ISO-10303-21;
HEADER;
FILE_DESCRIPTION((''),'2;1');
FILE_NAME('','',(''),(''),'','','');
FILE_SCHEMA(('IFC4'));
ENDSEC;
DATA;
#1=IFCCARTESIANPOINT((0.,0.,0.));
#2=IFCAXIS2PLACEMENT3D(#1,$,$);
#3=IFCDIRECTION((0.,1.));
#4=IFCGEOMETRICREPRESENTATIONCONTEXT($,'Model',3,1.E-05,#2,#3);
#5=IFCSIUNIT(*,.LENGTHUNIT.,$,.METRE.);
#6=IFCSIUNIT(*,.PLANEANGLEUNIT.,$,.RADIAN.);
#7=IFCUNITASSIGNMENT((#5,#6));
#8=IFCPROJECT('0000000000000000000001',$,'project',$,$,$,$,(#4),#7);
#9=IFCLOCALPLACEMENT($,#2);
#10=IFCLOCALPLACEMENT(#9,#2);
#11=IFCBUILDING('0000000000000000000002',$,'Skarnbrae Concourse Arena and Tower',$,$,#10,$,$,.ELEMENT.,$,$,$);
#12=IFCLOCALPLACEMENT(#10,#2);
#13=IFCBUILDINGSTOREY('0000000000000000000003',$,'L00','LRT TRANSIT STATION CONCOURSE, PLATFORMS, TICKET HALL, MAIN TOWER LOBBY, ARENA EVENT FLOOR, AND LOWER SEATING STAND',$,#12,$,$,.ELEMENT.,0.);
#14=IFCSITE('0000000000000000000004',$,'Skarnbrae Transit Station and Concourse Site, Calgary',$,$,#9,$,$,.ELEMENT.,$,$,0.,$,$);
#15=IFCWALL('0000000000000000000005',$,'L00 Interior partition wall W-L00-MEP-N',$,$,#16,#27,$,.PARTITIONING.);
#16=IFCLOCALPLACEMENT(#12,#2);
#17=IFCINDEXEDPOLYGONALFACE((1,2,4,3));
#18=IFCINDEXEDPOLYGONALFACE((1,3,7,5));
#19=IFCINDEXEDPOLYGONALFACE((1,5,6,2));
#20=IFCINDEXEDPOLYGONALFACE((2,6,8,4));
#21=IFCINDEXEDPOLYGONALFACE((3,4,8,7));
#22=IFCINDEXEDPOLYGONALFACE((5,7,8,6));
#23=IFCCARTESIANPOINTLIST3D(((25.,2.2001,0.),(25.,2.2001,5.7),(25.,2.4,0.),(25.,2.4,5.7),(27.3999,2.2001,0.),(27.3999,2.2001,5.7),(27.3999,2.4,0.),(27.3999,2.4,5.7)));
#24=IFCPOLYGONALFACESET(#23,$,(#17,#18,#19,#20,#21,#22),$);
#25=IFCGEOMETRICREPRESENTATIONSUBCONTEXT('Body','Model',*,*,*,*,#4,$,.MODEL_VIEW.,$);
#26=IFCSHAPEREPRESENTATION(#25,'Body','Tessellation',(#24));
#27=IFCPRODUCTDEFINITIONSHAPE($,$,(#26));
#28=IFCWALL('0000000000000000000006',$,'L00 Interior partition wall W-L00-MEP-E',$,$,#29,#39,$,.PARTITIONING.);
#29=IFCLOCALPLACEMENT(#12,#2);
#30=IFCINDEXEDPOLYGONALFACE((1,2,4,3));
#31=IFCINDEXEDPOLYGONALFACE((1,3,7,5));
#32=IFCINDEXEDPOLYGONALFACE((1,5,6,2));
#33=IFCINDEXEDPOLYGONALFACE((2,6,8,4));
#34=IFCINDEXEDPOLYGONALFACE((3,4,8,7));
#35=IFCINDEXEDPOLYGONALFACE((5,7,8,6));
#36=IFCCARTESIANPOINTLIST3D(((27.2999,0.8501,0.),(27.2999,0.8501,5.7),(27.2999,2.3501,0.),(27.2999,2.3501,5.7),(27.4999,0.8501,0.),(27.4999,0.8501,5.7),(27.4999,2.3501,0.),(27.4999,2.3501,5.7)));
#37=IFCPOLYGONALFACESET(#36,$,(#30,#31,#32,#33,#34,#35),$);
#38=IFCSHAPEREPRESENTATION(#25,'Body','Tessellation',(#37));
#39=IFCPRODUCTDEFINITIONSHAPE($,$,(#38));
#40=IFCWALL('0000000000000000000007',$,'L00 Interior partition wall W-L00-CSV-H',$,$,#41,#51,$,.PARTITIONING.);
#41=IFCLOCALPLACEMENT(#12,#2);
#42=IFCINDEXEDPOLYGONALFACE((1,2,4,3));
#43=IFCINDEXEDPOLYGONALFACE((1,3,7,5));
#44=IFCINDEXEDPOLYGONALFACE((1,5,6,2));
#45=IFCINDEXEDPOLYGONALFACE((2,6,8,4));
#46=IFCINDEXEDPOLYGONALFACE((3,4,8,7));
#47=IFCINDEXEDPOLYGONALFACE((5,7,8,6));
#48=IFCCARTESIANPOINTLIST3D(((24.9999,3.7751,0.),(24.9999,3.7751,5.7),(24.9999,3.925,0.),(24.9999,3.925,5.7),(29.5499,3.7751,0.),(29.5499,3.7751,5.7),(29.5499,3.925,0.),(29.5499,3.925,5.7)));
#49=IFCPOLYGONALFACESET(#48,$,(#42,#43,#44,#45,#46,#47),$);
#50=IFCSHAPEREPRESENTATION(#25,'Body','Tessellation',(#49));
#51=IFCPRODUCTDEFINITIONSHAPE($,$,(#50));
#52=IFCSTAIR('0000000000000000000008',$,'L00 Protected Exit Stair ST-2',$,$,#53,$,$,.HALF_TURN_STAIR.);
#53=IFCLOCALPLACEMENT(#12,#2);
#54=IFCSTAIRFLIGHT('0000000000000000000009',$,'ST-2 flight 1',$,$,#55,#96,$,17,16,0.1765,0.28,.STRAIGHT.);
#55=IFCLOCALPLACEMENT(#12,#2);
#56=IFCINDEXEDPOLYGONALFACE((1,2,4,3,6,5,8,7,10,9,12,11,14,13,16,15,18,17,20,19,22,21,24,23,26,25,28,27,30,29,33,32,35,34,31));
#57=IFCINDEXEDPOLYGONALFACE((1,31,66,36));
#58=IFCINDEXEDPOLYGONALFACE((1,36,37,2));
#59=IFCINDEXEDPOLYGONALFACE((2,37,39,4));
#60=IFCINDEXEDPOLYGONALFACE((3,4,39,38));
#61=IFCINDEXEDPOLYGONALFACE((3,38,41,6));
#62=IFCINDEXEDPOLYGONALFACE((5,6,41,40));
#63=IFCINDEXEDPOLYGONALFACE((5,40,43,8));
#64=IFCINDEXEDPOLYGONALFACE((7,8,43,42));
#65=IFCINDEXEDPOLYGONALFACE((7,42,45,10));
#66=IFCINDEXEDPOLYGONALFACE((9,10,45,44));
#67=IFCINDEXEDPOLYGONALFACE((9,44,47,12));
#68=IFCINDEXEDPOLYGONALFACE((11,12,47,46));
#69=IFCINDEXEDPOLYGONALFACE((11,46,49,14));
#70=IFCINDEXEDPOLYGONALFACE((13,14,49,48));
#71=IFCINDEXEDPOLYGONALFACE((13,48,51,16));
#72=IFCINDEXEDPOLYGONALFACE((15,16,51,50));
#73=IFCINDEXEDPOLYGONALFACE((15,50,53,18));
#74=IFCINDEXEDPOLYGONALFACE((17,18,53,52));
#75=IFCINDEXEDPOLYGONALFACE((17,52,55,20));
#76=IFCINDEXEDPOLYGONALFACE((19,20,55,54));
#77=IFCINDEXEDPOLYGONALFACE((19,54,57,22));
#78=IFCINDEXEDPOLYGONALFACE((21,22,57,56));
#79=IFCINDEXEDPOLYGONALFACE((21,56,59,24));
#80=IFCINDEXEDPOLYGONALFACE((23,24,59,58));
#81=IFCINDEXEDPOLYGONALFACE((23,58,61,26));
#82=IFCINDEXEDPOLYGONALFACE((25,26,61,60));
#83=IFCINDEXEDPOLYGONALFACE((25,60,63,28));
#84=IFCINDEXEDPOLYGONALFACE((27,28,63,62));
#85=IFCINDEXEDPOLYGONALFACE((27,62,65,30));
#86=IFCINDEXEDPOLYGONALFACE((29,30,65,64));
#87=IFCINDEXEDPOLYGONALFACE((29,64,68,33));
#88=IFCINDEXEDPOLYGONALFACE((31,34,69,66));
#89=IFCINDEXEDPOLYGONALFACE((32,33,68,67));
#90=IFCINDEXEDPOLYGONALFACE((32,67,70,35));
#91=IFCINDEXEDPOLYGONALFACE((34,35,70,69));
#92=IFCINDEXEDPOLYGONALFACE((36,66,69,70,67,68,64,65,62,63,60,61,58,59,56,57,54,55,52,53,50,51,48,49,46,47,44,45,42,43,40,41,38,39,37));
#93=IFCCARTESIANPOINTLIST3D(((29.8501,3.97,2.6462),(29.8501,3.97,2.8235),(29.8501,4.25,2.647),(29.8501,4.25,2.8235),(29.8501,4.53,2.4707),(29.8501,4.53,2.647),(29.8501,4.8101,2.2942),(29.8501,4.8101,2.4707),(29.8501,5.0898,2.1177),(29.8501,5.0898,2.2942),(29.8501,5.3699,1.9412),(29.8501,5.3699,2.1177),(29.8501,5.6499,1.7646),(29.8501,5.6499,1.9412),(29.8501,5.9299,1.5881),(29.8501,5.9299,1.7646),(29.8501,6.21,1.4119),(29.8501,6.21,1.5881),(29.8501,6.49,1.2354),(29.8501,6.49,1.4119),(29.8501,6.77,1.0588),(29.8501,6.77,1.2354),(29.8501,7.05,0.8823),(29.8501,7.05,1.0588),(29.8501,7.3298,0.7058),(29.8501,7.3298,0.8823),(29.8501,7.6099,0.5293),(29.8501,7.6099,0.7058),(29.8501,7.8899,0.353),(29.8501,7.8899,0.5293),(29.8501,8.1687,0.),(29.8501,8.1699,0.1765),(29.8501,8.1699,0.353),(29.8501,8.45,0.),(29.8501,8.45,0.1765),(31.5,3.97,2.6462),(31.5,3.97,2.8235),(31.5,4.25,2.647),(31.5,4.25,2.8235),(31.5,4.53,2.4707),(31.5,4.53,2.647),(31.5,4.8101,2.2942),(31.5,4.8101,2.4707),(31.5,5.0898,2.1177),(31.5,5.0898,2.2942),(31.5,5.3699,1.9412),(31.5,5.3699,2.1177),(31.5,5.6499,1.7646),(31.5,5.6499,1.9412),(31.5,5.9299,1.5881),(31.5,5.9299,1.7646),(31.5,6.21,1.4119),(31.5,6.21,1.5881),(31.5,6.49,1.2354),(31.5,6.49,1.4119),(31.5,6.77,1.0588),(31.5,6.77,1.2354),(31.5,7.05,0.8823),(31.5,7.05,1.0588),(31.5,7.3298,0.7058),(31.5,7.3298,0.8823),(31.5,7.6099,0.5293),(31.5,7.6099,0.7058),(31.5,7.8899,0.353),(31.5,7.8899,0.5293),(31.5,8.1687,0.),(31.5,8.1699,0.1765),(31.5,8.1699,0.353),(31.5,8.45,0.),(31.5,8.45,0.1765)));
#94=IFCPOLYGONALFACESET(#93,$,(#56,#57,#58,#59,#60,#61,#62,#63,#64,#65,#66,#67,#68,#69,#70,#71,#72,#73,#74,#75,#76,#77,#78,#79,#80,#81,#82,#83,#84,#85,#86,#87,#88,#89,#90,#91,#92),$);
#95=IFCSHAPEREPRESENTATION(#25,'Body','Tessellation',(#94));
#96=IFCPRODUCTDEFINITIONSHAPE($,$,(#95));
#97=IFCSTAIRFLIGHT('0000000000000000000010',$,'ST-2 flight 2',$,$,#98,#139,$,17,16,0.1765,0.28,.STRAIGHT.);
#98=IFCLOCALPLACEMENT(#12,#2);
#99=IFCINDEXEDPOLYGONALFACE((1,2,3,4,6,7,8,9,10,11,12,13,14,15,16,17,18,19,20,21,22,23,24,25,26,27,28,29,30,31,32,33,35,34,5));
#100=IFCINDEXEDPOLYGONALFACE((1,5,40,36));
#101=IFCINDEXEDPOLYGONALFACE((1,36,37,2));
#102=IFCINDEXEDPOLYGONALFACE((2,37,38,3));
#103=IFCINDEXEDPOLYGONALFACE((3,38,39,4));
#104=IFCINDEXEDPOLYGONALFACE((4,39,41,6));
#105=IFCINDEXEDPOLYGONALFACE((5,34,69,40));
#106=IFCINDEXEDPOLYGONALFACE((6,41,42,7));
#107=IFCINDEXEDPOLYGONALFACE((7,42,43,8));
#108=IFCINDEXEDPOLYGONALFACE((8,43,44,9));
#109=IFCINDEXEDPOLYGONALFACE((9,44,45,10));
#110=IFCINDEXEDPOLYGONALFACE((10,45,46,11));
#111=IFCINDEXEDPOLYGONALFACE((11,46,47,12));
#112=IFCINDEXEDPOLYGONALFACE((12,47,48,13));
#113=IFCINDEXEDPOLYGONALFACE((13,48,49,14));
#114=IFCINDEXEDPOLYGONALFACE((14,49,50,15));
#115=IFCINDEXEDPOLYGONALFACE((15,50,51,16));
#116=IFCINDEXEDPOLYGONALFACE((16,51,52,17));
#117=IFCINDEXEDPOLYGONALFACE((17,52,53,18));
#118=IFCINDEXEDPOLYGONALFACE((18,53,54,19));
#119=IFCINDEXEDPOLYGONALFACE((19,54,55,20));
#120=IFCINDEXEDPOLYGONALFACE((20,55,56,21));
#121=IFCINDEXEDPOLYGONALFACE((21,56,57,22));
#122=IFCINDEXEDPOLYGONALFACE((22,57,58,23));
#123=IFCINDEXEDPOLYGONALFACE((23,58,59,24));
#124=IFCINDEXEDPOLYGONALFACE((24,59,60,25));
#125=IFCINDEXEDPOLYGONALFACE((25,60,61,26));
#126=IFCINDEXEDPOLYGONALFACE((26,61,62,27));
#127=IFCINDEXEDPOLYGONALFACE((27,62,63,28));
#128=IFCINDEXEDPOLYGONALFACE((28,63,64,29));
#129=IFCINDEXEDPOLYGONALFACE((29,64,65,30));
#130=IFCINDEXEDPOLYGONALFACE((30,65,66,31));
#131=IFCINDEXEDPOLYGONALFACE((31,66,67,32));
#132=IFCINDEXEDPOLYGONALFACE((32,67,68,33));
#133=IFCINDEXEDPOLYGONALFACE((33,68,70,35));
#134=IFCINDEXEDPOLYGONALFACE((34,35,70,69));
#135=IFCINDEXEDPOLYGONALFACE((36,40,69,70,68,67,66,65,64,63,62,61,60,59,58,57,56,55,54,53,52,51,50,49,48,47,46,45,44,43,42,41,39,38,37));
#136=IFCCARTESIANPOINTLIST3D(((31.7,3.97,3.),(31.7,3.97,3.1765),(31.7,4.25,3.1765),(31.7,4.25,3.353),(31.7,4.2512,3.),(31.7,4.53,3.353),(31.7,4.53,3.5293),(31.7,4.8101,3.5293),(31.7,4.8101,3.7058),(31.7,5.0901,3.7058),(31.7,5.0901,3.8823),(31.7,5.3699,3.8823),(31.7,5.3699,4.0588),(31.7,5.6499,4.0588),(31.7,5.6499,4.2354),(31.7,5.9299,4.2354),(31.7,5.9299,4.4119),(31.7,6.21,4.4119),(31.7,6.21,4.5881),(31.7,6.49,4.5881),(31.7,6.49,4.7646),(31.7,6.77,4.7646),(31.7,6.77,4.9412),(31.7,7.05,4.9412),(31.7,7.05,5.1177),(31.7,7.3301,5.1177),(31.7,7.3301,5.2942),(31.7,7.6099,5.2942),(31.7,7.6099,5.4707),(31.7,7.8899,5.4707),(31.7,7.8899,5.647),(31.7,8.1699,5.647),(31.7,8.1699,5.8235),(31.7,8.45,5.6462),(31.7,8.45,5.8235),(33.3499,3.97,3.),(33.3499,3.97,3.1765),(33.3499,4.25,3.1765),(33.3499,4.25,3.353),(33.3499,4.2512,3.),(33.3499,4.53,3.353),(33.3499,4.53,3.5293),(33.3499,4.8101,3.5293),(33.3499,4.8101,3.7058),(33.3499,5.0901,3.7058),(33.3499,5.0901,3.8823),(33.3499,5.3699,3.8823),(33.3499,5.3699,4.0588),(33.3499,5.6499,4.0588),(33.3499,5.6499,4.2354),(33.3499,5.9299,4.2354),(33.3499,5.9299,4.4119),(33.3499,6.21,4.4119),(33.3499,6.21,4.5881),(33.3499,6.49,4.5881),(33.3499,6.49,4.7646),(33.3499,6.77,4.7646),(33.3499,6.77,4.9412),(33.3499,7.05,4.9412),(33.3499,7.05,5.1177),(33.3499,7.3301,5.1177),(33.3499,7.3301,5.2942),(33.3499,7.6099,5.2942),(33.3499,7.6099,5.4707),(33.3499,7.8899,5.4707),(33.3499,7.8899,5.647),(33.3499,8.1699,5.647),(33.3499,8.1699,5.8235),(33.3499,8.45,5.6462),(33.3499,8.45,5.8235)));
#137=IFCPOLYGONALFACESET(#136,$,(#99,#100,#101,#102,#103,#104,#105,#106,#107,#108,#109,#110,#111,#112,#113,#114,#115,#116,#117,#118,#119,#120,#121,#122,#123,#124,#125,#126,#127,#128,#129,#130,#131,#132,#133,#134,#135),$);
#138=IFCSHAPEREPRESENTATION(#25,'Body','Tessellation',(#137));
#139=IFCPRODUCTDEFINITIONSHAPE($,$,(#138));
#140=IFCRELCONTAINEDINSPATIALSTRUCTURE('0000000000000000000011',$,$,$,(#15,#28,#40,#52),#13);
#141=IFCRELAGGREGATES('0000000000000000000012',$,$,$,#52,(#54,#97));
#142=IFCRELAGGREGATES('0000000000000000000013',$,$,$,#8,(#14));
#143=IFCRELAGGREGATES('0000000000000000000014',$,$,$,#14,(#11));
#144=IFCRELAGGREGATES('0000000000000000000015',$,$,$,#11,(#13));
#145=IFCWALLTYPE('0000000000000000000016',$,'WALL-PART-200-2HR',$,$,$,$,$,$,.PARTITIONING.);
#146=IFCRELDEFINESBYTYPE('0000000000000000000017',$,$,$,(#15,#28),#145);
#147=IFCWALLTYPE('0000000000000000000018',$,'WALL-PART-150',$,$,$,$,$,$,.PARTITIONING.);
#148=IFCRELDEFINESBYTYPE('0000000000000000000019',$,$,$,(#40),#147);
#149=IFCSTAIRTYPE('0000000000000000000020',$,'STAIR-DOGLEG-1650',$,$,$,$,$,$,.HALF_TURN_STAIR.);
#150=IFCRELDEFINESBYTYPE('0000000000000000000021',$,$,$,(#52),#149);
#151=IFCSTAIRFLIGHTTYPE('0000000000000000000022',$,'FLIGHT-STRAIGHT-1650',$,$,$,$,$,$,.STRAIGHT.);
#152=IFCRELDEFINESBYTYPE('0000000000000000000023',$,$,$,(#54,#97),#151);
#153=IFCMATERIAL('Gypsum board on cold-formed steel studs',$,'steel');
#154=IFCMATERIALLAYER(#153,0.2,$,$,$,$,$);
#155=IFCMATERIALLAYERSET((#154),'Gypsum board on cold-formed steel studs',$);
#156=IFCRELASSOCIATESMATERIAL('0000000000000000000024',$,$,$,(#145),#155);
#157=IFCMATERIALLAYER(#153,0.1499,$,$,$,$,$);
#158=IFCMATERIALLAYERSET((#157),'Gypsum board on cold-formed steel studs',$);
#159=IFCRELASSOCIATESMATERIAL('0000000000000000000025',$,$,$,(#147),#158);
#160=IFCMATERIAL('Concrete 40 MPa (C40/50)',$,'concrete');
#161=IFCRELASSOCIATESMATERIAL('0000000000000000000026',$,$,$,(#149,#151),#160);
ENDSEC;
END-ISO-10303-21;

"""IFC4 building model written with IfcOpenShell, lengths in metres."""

from ifc_helpers import new_model, si_unit, direction, frame, frame_2d, origin, place, context, subcontext, project, spatial, polyline, rectangle, outline, extrude, source, transform, mapped, material, layer, layer_set, type_object, element, aggregate, save


model = new_model("IFC4")

# Units and contexts
model_context = context("Model", 3, precision=1e-05, world=origin(), true_north=direction((0.0, 1.0)))
body_context = subcontext(model_context, "Body", "Model", "MODEL_VIEW")
ifc_project = project(units=[si_unit("LENGTHUNIT", "METRE"), si_unit("PLANEANGLEUNIT", "RADIAN")], contexts=[model_context])

# Site, building, storey
site_placement = place(None, origin())
site = spatial("IfcSite", under=ifc_project, at=site_placement, Name="Skarnbrae Transit Station and Concourse Site, Calgary", CompositionType="ELEMENT", RefElevation=0.0)
building_placement = place(site_placement, origin())
building = spatial("IfcBuilding", under=site, at=building_placement, Name="Skarnbrae Concourse Arena and Tower", CompositionType="ELEMENT")
storey_placement = place(building_placement, origin())
storey = spatial("IfcBuildingStorey", under=building, at=storey_placement, Name="L00", Description="LRT TRANSIT STATION CONCOURSE, PLATFORMS, TICKET HALL, MAIN TOWER LOBBY, ARENA EVENT FLOOR, AND LOWER SEATING STAND", CompositionType="ELEMENT", Elevation=0.0)

# Shared definitions
ifc_material_1 = material(Name="Gypsum board on cold-formed steel studs", Category="steel")
ifc_layer_1 = layer(ifc_material_1, 0.2)
ifc_layer_set_1 = layer_set([ifc_layer_1], Name="Gypsum board on cold-formed steel studs")
wall_type_1 = type_object("IfcWallType", Name="WALL-PART-200-2HR", PredefinedType="PARTITIONING", material=ifc_layer_set_1)
ifc_layer_2 = layer(ifc_material_1, 0.1499)
ifc_layer_set_2 = layer_set([ifc_layer_2], Name="Gypsum board on cold-formed steel studs")
wall_type_2 = type_object("IfcWallType", Name="WALL-PART-150", PredefinedType="PARTITIONING", material=ifc_layer_set_2)

# Walls
shared_shape_1 = source(origin(), body_context, "Body", "SweptSolid", [
    extrude(rectangle(XDim=2.3999, YDim=0.2, at=frame_2d((1.2, 0.0))), origin(), (0.0, 0.0, 1.0), 5.7),
])
wall_1_placement = place(storey_placement, frame((25.0, 2.3, 0.0), z_axis=(0.0, 0.0, 1.0), x_axis=(1.0, 0.0, 0.0)))
element("IfcWall", 1, at=wall_1_placement, inside=storey, type_object=wall_type_1, Name="L00 Interior partition wall W-L00-MEP-N", PredefinedType="PARTITIONING", context=body_context, shape_type="MappedRepresentation", body=[
    mapped(shared_shape_1, transform((0.0, 0.0, 0.0))),
])
shared_shape_2 = source(origin(), body_context, "Body", "SweptSolid", [
    extrude(rectangle(XDim=1.5, YDim=0.2, at=frame_2d((0.75, 0.0))), origin(), (0.0, 0.0, 1.0), 5.7),
])
wall_2_placement = place(storey_placement, frame((27.3999, 0.8501, 0.0), z_axis=(0.0, 0.0, 1.0), x_axis=(0.0, 1.0, 0.0)))
element("IfcWall", 2, at=wall_2_placement, inside=storey, type_object=wall_type_1, Name="L00 Interior partition wall W-L00-MEP-E", PredefinedType="PARTITIONING", context=body_context, shape_type="MappedRepresentation", body=[
    mapped(shared_shape_2, transform((0.0, 0.0, 0.0))),
])
shared_shape_3 = source(origin(), body_context, "Body", "SweptSolid", [
    extrude(rectangle(XDim=4.55, YDim=0.1499, at=frame_2d((2.2749, 0.0))), origin(), (0.0, 0.0, 1.0), 5.7),
])
wall_3_placement = place(storey_placement, frame((25.0, 3.8501, 0.0), z_axis=(0.0, 0.0, 1.0), x_axis=(1.0, 0.0, 0.0)))
element("IfcWall", 3, at=wall_3_placement, inside=storey, type_object=wall_type_2, Name="L00 Interior partition wall W-L00-CSV-H", PredefinedType="PARTITIONING", context=body_context, shape_type="MappedRepresentation", body=[
    mapped(shared_shape_3, transform((0.0, 0.0, 0.0))),
])

# Stair, stair flights
ifc_material_2 = material(Name="Concrete 40 MPa (C40/50)", Category="concrete")
stair_type = type_object("IfcStairType", Name="STAIR-DOGLEG-1650", PredefinedType="HALF_TURN_STAIR", material=ifc_material_2)
stair_placement = place(storey_placement, origin())
stair = element("IfcStair", 4, at=stair_placement, inside=storey, type_object=stair_type, Name="L00 Protected Exit Stair ST-2", PredefinedType="HALF_TURN_STAIR")
stair_flight_type = type_object("IfcStairFlightType", Name="FLIGHT-STRAIGHT-1650", PredefinedType="STRAIGHT", material=ifc_material_2)
shared_shape_4 = source(origin(), body_context, "Body", "SweptSolid", [
    extrude(outline(polyline([(0.0, 0.0), (0.0, 0.1765), (0.28, 0.1765), (0.28, 0.353), (0.5601, 0.353), (0.5601, 0.5293), (0.8401, 0.5293), (0.8401, 0.7058), (1.1201, 0.7058), (1.1201, 0.8823), (1.3999, 0.8823), (1.3999, 1.0588), (1.6799, 1.0588), (1.6799, 1.2354), (1.96, 1.2354), (1.96, 1.4119), (2.24, 1.4119), (2.24, 1.5881), (2.52, 1.5881), (2.52, 1.7646), (2.8, 1.7646), (2.8, 1.9412), (3.0801, 1.9412), (3.0801, 2.1177), (3.3601, 2.1177), (3.3601, 2.2942), (3.6399, 2.2942), (3.6399, 2.4707), (3.9199, 2.4707), (3.9199, 2.647), (4.2, 2.647), (4.2, 2.8235), (4.48, 2.8235), (4.48, 3.0), (4.48, 2.6462), (0.2812, 0.0), (0.0, 0.0)])), frame((0.0, 0.825, 0.0), z_axis=(0.0, -1.0, 0.0), x_axis=(1.0, 0.0, 0.0)), (0.0, 0.0, 1.0), 1.6499),
])
stair_flight_1_placement = place(storey_placement, frame((30.675, 8.45, 0.0), z_axis=(0.0, 0.0, 1.0), x_axis=(0.0, -1.0, 0.0)))
stair_flight_1 = element("IfcStairFlight", 5, at=stair_flight_1_placement, type_object=stair_flight_type, Name="ST-2 flight 1", NumberOfRisers=17, NumberOfTreads=16, PredefinedType="STRAIGHT", RiserHeight=0.1765, TreadLength=0.28, context=body_context, shape_type="MappedRepresentation", body=[
    mapped(shared_shape_4, transform((0.0, 0.0, 0.0))),
])
stair_flight_2_placement = place(storey_placement, frame((32.5249, 3.97, 3.0), z_axis=(0.0, 0.0, 1.0), x_axis=(0.0, 1.0, 0.0)))
stair_flight_2 = element("IfcStairFlight", 6, at=stair_flight_2_placement, type_object=stair_flight_type, Name="ST-2 flight 2", NumberOfRisers=17, NumberOfTreads=16, PredefinedType="STRAIGHT", RiserHeight=0.1765, TreadLength=0.28, context=body_context, shape_type="MappedRepresentation", body=[
    mapped(shared_shape_4, transform((0.0, 0.0, 0.0))),
])
aggregate(stair, [stair_flight_1, stair_flight_2])

save(model, "model.ifc")
